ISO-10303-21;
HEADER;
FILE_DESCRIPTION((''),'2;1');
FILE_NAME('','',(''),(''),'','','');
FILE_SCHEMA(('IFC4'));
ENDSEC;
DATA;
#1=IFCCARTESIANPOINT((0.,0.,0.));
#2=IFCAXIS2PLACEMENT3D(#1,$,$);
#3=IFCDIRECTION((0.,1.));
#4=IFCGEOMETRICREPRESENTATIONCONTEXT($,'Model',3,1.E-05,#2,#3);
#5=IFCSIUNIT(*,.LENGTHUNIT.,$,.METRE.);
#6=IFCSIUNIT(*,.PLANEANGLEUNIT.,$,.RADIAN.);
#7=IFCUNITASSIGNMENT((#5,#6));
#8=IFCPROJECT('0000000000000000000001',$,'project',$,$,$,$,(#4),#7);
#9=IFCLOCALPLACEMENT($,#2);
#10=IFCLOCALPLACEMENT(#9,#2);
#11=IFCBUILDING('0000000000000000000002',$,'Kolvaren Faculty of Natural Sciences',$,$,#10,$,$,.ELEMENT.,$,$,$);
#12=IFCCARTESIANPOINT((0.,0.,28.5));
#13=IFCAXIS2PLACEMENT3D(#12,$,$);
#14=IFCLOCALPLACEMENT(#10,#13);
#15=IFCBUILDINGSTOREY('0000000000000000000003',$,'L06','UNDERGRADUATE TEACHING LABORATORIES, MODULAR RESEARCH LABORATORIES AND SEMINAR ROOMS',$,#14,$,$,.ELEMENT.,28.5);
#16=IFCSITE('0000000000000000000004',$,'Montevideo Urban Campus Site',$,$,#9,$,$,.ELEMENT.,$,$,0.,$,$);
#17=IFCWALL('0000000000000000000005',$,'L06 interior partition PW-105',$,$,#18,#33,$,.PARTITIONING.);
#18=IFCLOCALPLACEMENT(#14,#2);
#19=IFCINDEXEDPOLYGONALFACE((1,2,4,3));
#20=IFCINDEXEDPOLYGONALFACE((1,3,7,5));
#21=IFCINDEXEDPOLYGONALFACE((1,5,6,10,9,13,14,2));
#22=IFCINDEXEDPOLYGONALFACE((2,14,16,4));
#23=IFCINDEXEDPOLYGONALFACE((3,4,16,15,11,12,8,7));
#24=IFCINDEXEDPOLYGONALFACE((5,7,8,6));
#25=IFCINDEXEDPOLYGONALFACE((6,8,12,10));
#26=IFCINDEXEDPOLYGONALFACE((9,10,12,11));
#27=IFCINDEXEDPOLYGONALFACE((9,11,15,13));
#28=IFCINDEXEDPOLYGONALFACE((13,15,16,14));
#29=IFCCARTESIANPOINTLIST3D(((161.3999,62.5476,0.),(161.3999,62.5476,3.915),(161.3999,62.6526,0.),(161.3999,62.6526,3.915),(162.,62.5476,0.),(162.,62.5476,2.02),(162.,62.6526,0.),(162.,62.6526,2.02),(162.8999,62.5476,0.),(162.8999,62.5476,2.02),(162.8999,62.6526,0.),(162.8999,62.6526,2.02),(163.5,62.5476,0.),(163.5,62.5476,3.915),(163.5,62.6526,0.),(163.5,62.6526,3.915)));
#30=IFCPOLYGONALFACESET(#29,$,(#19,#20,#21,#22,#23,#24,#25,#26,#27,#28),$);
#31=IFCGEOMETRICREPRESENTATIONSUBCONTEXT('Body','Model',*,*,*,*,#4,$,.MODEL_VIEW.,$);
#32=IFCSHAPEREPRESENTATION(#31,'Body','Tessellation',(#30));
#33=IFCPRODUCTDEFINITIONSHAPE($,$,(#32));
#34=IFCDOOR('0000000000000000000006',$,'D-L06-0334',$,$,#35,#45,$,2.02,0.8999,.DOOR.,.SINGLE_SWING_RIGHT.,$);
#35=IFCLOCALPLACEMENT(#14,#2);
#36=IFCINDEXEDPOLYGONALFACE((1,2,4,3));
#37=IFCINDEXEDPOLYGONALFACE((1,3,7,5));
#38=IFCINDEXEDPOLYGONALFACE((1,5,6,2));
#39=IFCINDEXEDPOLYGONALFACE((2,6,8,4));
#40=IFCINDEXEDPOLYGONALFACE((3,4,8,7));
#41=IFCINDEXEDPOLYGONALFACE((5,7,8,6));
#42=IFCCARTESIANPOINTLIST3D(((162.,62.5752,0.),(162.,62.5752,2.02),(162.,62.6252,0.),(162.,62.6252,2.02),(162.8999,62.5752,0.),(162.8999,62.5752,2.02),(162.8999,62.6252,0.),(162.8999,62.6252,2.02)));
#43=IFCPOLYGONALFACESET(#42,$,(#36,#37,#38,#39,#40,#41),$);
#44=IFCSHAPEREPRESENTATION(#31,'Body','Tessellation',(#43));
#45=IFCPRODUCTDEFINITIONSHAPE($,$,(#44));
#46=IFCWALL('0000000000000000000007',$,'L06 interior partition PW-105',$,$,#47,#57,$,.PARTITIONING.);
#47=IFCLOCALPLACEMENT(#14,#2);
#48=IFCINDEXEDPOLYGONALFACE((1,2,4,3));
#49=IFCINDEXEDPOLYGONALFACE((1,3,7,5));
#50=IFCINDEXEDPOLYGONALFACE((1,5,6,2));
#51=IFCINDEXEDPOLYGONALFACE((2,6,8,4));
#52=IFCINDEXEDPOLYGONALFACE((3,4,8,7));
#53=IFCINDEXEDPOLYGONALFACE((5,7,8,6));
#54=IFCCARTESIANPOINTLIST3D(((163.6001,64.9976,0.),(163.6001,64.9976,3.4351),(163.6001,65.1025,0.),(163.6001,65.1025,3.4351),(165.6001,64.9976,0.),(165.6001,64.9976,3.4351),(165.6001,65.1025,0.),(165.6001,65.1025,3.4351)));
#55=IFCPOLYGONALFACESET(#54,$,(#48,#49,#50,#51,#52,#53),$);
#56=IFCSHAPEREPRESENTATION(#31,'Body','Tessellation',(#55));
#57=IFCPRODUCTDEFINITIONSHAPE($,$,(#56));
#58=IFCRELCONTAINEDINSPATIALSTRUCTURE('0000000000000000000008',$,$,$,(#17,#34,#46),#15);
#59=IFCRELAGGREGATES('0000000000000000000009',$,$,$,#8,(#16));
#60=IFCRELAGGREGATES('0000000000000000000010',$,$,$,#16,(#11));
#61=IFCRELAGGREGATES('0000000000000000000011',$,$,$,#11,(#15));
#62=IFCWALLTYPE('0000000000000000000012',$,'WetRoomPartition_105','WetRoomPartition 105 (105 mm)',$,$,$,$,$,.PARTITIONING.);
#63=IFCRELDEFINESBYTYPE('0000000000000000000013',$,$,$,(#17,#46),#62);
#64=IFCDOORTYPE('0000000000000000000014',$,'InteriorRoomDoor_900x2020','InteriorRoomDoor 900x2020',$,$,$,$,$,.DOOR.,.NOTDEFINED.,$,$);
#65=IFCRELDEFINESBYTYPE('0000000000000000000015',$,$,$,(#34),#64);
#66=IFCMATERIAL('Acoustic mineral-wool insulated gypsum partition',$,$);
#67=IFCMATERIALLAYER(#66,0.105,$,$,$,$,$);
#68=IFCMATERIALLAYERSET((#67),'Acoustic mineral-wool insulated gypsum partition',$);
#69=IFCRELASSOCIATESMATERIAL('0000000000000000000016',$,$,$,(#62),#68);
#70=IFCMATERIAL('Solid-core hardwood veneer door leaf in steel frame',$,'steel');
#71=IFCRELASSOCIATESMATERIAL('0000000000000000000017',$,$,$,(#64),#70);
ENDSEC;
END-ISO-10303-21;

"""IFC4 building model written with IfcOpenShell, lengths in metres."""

from ifc_helpers import new_model, si_unit, direction, frame, frame_2d, origin, place, context, subcontext, project, spatial, rectangle, extrude, material, layer, layer_set, type_object, element, fill, save


model = new_model("IFC4")

# Units and contexts
model_context = context("Model", 3, precision=1e-05, world=origin(), true_north=direction((0.0, 1.0)))
body_context = subcontext(model_context, "Body", "Model", "MODEL_VIEW")
ifc_project = project(units=[si_unit("LENGTHUNIT", "METRE"), si_unit("PLANEANGLEUNIT", "RADIAN")], contexts=[model_context])

# Site, building, storey
site_placement = place(None, origin())
site = spatial("IfcSite", under=ifc_project, at=site_placement, Name="Montevideo Urban Campus Site", CompositionType="ELEMENT", RefElevation=0.0)
building_placement = place(site_placement, origin())
building = spatial("IfcBuilding", under=site, at=building_placement, Name="Kolvaren Faculty of Natural Sciences", CompositionType="ELEMENT")
storey_placement = place(building_placement, frame((0.0, 0.0, 28.5)))
storey = spatial("IfcBuildingStorey", under=building, at=storey_placement, Name="L06", Description="UNDERGRADUATE TEACHING LABORATORIES, MODULAR RESEARCH LABORATORIES AND SEMINAR ROOMS", CompositionType="ELEMENT", Elevation=28.5)

# Shared definitions
ifc_material_1 = material(Name="Acoustic mineral-wool insulated gypsum partition")

# Shared definitions
ifc_layer_1 = layer(ifc_material_1, 0.105)
ifc_layer_set_1 = layer_set([ifc_layer_1], Name="Acoustic mineral-wool insulated gypsum partition")
wall_type_1 = type_object("IfcWallType", Name="WetRoomPartition_105", Description="WetRoomPartition 105 (105 mm)", PredefinedType="PARTITIONING", material=ifc_layer_set_1)

# Shared definitions
ifc_material_2 = material(Name="Solid-core hardwood veneer door leaf in steel frame", Category="steel")
door_type_1 = type_object("IfcDoorType", Name="InteriorRoomDoor_900x2020", Description="InteriorRoomDoor 900x2020", OperationType="NOTDEFINED", PredefinedType="DOOR", material=ifc_material_2)

# Wall, opening, door
wall_1_placement = place(storey_placement, frame((163.5, 62.6001, 0.0), z_axis=(0.0, 0.0, 1.0), x_axis=(-1.0, 0.0, 0.0)))
wall_1 = element("IfcWall", 1, at=wall_1_placement, inside=storey, type_object=wall_type_1, Name="L06 interior partition PW-105", PredefinedType="PARTITIONING", context=body_context, shape_type="SweptSolid", body=[
    extrude(rectangle(XDim=2.1001, YDim=0.105, at=frame_2d((1.05, 0.0))), origin(), (0.0, 0.0, 1.0), 3.915),
])
opening_1_placement = place(wall_1_placement, frame((0.6001, 0.0, 0.0)))
opening_1 = element("IfcOpeningElement", 2, at=opening_1_placement, cuts=wall_1, PredefinedType="OPENING", context=body_context, shape_type="SweptSolid", body=[
    extrude(rectangle(XDim=0.8999, YDim=2.02, at=frame_2d((0.45, 1.01))), frame((0.0, 0.0625, 0.0), z_axis=(0.0, -1.0, 0.0), x_axis=(1.0, 0.0, 0.0)), (0.0, 0.0, 1.0), 0.125),
])
door_1_placement = place(opening_1_placement, origin())
door_1 = element("IfcDoor", 3, at=door_1_placement, inside=storey, type_object=door_type_1, Name="D-L06-0334", OperationType="SINGLE_SWING_RIGHT", OverallHeight=2.02, OverallWidth=0.8999, PredefinedType="DOOR", context=body_context, shape_type="SweptSolid", body=[
    extrude(rectangle(XDim=0.8999, YDim=2.02, at=frame_2d((0.45, 1.01))), frame((0.0, 0.0249, 0.0), z_axis=(0.0, -1.0, 0.0), x_axis=(1.0, 0.0, 0.0)), (0.0, 0.0, 1.0), 0.05),
])
fill(opening_1, door_1)

# Wall
wall_2_placement = place(storey_placement, frame((163.6001, 65.05, 0.0), z_axis=(0.0, 0.0, 1.0), x_axis=(1.0, 0.0, 0.0)))
element("IfcWall", 4, at=wall_2_placement, inside=storey, type_object=wall_type_1, Name="L06 interior partition PW-105", PredefinedType="PARTITIONING", context=body_context, shape_type="SweptSolid", body=[
    extrude(rectangle(XDim=2.0, YDim=0.105, at=frame_2d((1.0, 0.0))), origin(), (0.0, 0.0, 1.0), 3.4351),
])

save(model, "model.ifc")
